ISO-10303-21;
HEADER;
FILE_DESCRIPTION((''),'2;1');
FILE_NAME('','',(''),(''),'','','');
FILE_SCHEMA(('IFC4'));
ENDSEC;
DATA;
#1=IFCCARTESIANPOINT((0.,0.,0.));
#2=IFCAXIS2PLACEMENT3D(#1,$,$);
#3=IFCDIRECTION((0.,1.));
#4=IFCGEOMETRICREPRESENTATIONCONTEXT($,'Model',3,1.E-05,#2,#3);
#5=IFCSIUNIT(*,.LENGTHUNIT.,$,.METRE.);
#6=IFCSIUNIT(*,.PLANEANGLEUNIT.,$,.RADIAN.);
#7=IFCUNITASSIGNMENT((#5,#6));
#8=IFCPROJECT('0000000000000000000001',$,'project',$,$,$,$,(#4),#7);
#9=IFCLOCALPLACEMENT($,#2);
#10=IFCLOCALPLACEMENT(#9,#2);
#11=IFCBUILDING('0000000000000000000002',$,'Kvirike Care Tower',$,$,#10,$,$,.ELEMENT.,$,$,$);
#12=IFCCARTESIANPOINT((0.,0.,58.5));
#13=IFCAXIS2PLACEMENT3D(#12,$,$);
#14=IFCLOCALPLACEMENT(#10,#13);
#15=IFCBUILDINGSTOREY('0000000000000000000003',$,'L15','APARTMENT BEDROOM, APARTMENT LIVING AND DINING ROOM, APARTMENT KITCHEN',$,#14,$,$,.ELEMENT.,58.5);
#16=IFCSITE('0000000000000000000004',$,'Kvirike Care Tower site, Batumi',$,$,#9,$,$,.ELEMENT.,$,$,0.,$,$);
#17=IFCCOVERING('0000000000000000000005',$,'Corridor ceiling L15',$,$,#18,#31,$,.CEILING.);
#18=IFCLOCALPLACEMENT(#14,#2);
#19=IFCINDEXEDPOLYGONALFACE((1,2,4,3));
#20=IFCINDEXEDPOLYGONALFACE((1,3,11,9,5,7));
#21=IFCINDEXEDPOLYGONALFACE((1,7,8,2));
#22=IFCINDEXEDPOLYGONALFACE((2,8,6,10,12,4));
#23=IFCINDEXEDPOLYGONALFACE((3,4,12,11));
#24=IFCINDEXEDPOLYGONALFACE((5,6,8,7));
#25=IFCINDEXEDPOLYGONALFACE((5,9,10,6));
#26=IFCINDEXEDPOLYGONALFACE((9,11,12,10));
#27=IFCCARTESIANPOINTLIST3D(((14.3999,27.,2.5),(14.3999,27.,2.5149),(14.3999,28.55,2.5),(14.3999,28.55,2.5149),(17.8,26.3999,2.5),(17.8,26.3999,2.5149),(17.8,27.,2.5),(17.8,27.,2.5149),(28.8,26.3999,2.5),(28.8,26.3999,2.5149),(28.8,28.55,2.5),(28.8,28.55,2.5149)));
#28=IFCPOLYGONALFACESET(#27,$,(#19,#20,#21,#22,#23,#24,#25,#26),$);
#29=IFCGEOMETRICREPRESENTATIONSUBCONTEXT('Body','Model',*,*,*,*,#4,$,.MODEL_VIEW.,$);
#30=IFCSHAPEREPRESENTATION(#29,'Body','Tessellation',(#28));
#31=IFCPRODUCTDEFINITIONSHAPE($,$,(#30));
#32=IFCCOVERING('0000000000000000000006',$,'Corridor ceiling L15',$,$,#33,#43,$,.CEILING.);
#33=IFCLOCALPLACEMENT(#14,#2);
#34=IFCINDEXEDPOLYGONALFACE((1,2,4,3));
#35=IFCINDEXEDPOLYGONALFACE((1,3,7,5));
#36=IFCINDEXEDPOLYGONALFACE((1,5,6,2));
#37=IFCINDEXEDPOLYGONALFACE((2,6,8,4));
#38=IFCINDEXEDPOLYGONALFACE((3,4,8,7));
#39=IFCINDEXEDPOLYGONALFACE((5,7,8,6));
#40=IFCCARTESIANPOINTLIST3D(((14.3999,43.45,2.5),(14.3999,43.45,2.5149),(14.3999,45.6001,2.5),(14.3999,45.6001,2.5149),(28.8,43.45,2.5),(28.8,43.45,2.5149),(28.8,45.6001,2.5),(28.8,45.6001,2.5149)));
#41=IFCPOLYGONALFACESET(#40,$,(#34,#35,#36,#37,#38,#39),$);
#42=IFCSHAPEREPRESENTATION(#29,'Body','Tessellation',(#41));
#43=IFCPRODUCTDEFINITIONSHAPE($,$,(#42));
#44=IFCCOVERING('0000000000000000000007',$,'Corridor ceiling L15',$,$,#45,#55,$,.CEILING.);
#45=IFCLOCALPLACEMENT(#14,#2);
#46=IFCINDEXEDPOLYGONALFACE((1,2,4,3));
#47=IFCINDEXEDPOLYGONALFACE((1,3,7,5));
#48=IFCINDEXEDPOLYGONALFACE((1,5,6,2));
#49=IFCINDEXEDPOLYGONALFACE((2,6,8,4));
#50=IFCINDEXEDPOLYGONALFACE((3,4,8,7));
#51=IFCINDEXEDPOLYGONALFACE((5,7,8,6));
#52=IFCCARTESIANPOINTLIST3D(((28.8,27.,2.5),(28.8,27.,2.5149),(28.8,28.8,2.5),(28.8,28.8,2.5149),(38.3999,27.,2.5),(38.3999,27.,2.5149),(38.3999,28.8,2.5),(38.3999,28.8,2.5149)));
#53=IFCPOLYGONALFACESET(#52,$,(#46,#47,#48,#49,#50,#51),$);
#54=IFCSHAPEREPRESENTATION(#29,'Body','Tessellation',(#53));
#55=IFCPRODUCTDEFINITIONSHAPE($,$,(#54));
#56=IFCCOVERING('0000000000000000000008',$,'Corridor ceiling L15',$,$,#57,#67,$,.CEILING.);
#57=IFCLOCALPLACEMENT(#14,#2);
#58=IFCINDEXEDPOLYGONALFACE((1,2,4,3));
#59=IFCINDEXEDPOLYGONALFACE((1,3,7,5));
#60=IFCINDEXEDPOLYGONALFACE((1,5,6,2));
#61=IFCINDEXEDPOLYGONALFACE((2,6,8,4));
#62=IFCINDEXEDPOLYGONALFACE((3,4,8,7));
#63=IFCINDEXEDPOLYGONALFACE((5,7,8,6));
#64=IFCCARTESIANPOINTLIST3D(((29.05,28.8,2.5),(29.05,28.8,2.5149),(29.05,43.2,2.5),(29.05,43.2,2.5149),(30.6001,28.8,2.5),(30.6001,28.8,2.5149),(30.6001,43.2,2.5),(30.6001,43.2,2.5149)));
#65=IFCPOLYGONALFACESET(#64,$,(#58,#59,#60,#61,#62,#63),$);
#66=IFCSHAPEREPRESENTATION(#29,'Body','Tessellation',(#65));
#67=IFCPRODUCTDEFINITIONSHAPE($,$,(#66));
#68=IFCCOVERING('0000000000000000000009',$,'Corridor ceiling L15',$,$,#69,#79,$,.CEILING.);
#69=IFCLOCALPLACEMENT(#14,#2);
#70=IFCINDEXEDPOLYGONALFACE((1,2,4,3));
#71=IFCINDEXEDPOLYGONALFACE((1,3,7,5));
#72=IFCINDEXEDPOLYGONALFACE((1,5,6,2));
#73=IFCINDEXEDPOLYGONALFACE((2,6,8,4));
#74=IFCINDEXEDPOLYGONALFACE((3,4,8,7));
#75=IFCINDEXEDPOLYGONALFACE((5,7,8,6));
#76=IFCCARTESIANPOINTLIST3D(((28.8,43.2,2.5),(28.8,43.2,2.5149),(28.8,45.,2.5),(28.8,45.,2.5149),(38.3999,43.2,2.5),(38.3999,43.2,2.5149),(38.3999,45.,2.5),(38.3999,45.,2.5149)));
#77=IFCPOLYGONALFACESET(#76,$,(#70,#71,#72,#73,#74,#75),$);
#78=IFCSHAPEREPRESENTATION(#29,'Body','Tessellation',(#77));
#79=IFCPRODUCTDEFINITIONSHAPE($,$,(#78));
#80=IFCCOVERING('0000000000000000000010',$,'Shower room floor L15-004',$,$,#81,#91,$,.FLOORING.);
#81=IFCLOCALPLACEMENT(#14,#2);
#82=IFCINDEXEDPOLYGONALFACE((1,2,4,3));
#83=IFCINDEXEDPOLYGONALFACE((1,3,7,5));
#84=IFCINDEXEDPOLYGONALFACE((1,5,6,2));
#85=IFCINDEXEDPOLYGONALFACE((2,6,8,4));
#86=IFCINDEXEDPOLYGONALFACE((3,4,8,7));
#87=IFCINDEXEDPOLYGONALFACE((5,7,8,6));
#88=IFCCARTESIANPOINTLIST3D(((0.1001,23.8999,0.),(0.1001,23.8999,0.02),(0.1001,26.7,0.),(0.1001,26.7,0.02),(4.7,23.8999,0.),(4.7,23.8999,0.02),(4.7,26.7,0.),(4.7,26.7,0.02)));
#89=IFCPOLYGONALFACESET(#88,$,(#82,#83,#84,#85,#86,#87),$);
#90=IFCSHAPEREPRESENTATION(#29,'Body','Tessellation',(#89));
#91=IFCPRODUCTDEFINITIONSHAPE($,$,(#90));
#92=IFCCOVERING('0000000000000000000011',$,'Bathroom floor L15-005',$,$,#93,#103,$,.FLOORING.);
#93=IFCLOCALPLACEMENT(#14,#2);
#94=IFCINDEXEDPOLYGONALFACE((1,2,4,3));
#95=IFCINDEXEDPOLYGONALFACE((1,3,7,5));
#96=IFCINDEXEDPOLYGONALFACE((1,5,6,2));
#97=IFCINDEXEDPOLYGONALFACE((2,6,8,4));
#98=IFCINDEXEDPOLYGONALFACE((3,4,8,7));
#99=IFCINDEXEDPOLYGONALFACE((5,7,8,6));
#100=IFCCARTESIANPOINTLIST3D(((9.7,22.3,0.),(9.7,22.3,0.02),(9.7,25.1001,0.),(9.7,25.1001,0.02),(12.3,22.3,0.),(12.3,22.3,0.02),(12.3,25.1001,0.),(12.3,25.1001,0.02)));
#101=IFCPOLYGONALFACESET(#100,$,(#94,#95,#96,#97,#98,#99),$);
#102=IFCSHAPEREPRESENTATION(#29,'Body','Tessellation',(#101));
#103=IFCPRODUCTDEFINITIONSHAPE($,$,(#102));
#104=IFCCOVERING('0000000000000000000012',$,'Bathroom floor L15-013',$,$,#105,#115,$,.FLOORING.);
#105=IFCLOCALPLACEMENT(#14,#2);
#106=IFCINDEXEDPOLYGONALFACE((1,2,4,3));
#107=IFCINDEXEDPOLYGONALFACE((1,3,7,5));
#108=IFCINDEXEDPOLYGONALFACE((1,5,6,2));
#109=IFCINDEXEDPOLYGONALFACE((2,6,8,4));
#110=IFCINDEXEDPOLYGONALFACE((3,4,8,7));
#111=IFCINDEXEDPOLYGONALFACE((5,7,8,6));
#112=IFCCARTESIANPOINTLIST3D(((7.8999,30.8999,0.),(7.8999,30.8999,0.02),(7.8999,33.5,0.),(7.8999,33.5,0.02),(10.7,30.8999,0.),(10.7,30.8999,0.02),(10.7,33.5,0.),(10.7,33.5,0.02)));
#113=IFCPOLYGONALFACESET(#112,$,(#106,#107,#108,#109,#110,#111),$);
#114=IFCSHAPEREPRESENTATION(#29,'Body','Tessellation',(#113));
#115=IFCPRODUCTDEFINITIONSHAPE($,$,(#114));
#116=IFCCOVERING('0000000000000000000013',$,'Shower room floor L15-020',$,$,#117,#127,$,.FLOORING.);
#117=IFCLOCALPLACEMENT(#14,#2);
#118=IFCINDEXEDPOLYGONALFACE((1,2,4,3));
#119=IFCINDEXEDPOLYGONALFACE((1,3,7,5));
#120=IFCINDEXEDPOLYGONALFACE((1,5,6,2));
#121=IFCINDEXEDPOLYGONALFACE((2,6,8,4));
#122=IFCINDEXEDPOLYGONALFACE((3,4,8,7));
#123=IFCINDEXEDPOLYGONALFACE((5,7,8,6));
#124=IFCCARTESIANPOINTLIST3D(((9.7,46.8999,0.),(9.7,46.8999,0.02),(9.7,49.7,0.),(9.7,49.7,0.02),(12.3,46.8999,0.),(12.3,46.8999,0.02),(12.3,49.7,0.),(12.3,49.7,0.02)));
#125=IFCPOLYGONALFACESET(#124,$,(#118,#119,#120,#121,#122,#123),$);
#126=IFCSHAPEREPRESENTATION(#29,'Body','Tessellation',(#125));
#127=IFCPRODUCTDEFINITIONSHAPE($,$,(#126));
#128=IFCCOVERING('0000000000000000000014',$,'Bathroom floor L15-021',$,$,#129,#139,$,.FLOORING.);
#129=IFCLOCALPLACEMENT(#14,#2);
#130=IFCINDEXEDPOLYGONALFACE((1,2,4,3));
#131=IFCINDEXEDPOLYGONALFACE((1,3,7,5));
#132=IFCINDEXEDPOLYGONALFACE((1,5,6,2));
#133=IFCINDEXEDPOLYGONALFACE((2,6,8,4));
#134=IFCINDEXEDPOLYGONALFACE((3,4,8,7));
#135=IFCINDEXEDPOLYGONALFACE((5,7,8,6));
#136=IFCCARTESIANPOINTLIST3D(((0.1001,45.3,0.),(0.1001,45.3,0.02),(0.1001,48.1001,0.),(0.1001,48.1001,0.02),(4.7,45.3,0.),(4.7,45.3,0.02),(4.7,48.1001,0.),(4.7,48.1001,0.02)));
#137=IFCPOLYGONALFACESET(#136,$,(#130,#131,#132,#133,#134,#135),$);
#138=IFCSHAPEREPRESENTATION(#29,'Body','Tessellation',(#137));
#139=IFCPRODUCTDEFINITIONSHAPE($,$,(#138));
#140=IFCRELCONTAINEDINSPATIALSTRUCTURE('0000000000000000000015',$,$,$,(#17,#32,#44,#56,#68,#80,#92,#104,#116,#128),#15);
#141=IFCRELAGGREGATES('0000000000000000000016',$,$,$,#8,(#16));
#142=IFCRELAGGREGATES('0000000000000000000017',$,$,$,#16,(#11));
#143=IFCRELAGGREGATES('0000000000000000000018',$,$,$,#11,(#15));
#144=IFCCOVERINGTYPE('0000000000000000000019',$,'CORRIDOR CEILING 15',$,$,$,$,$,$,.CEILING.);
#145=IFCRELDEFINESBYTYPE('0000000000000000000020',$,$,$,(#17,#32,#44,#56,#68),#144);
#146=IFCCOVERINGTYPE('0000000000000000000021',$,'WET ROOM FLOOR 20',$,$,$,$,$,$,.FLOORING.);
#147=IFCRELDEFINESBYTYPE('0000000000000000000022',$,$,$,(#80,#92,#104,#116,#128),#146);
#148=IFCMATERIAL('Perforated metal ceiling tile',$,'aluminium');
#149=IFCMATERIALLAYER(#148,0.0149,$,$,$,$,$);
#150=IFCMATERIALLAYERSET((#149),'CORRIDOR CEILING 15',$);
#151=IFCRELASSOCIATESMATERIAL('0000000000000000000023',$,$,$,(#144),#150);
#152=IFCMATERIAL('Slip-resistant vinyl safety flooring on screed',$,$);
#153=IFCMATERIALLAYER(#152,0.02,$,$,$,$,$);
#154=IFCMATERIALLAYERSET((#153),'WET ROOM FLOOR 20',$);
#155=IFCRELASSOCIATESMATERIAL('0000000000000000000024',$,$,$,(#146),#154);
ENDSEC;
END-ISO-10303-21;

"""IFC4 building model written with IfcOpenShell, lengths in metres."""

from ifc_helpers import new_model, si_unit, direction, frame, origin, place, context, subcontext, project, spatial, polyline, outline, extrude, material, layer, layer_set, type_object, element, save


model = new_model("IFC4")

# Units and contexts
model_context = context("Model", 3, precision=1e-05, world=origin(), true_north=direction((0.0, 1.0)))
body_context = subcontext(model_context, "Body", "Model", "MODEL_VIEW")
ifc_project = project(units=[si_unit("LENGTHUNIT", "METRE"), si_unit("PLANEANGLEUNIT", "RADIAN")], contexts=[model_context])

# Site, building, storey
site_placement = place(None, origin())
site = spatial("IfcSite", under=ifc_project, at=site_placement, Name="Kvirike Care Tower site, Batumi", CompositionType="ELEMENT", RefElevation=0.0)
building_placement = place(site_placement, origin())
building = spatial("IfcBuilding", under=site, at=building_placement, Name="Kvirike Care Tower", CompositionType="ELEMENT")
storey_placement = place(building_placement, frame((0.0, 0.0, 58.5)))
storey = spatial("IfcBuildingStorey", under=building, at=storey_placement, Name="L15", Description="APARTMENT BEDROOM, APARTMENT LIVING AND DINING ROOM, APARTMENT KITCHEN", CompositionType="ELEMENT", Elevation=58.5)

# Coverings
ifc_material_1 = material(Name="Perforated metal ceiling tile", Category="aluminium")
ifc_layer_1 = layer(ifc_material_1, 0.0149)
ifc_layer_set_1 = layer_set([ifc_layer_1], Name="CORRIDOR CEILING 15")
covering_type_1 = type_object("IfcCoveringType", Name="CORRIDOR CEILING 15", PredefinedType="CEILING", material=ifc_layer_set_1)
covering_1_placement = place(storey_placement, frame((0.0, 0.0, 2.5)))
element("IfcCovering", 1, at=covering_1_placement, inside=storey, type_object=covering_type_1, Name="Corridor ceiling L15", PredefinedType="CEILING", context=body_context, shape_type="SweptSolid", body=[
    extrude(outline(polyline([(14.3999, 28.55), (28.8, 28.55), (28.8, 26.3999), (17.8, 26.3999), (17.8, 27.0), (14.3999, 27.0), (14.3999, 28.55)])), origin(), (0.0, 0.0, 1.0), 0.0149),
])
covering_2_placement = place(storey_placement, frame((0.0, 0.0, 2.5)))
element("IfcCovering", 2, at=covering_2_placement, inside=storey, type_object=covering_type_1, Name="Corridor ceiling L15", PredefinedType="CEILING", context=body_context, shape_type="SweptSolid", body=[
    extrude(outline(polyline([(28.8, 45.6001), (28.8, 43.45), (14.3999, 43.45), (14.3999, 45.6001), (28.8, 45.6001)])), origin(), (0.0, 0.0, 1.0), 0.0149),
])
covering_3_placement = place(storey_placement, frame((0.0, 0.0, 2.5)))
element("IfcCovering", 3, at=covering_3_placement, inside=storey, type_object=covering_type_1, Name="Corridor ceiling L15", PredefinedType="CEILING", context=body_context, shape_type="SweptSolid", body=[
    extrude(outline(polyline([(28.8, 27.0), (28.8, 28.8), (38.3999, 28.8), (38.3999, 27.0), (28.8, 27.0)])), origin(), (0.0, 0.0, 1.0), 0.0149),
])
covering_4_placement = place(storey_placement, frame((0.0, 0.0, 2.5)))
element("IfcCovering", 4, at=covering_4_placement, inside=storey, type_object=covering_type_1, Name="Corridor ceiling L15", PredefinedType="CEILING", context=body_context, shape_type="SweptSolid", body=[
    extrude(outline(polyline([(30.6001, 28.8), (29.05, 28.8), (29.05, 43.2), (30.6001, 43.2), (30.6001, 28.8)])), origin(), (0.0, 0.0, 1.0), 0.0149),
])
covering_5_placement = place(storey_placement, frame((0.0, 0.0, 2.5)))
element("IfcCovering", 5, at=covering_5_placement, inside=storey, type_object=covering_type_1, Name="Corridor ceiling L15", PredefinedType="CEILING", context=body_context, shape_type="SweptSolid", body=[
    extrude(outline(polyline([(38.3999, 45.0), (38.3999, 43.2), (28.8, 43.2), (28.8, 45.0), (38.3999, 45.0)])), origin(), (0.0, 0.0, 1.0), 0.0149),
])
ifc_material_2 = material(Name="Slip-resistant vinyl safety flooring on screed")
ifc_layer_2 = layer(ifc_material_2, 0.02)
ifc_layer_set_2 = layer_set([ifc_layer_2], Name="WET ROOM FLOOR 20")
covering_type_2 = type_object("IfcCoveringType", Name="WET ROOM FLOOR 20", PredefinedType="FLOORING", material=ifc_layer_set_2)
covering_6_placement = place(storey_placement, origin())
element("IfcCovering", 6, at=covering_6_placement, inside=storey, type_object=covering_type_2, Name="Shower room floor L15-004", PredefinedType="FLOORING", context=body_context, shape_type="SweptSolid", body=[
    extrude(outline(polyline([(0.1001, 23.8999), (0.1001, 26.7), (4.7, 26.7), (4.7, 23.8999), (0.1001, 23.8999)])), origin(), (0.0, 0.0, 1.0), 0.02),
])
covering_7_placement = place(storey_placement, origin())
element("IfcCovering", 7, at=covering_7_placement, inside=storey, type_object=covering_type_2, Name="Bathroom floor L15-005", PredefinedType="FLOORING", context=body_context, shape_type="SweptSolid", body=[
    extrude(outline(polyline([(9.7, 22.3), (9.7, 25.1001), (12.3, 25.1001), (12.3, 22.3), (9.7, 22.3)])), origin(), (0.0, 0.0, 1.0), 0.02),
])
covering_8_placement = place(storey_placement, origin())
element("IfcCovering", 8, at=covering_8_placement, inside=storey, type_object=covering_type_2, Name="Bathroom floor L15-013", PredefinedType="FLOORING", context=body_context, shape_type="SweptSolid", body=[
    extrude(outline(polyline([(7.8999, 33.5), (10.7, 33.5), (10.7, 30.8999), (7.8999, 30.8999), (7.8999, 33.5)])), origin(), (0.0, 0.0, 1.0), 0.02),
])
covering_9_placement = place(storey_placement, origin())
element("IfcCovering", 9, at=covering_9_placement, inside=storey, type_object=covering_type_2, Name="Shower room floor L15-020", PredefinedType="FLOORING", context=body_context, shape_type="SweptSolid", body=[
    extrude(outline(polyline([(12.3, 49.7), (12.3, 46.8999), (9.7, 46.8999), (9.7, 49.7), (12.3, 49.7)])), origin(), (0.0, 0.0, 1.0), 0.02),
])
covering_10_placement = place(storey_placement, origin())
element("IfcCovering", 10, at=covering_10_placement, inside=storey, type_object=covering_type_2, Name="Bathroom floor L15-021", PredefinedType="FLOORING", context=body_context, shape_type="SweptSolid", body=[
    extrude(outline(polyline([(4.7, 48.1001), (4.7, 45.3), (0.1001, 45.3), (0.1001, 48.1001), (4.7, 48.1001)])), origin(), (0.0, 0.0, 1.0), 0.02),
])

save(model, "model.ifc")
